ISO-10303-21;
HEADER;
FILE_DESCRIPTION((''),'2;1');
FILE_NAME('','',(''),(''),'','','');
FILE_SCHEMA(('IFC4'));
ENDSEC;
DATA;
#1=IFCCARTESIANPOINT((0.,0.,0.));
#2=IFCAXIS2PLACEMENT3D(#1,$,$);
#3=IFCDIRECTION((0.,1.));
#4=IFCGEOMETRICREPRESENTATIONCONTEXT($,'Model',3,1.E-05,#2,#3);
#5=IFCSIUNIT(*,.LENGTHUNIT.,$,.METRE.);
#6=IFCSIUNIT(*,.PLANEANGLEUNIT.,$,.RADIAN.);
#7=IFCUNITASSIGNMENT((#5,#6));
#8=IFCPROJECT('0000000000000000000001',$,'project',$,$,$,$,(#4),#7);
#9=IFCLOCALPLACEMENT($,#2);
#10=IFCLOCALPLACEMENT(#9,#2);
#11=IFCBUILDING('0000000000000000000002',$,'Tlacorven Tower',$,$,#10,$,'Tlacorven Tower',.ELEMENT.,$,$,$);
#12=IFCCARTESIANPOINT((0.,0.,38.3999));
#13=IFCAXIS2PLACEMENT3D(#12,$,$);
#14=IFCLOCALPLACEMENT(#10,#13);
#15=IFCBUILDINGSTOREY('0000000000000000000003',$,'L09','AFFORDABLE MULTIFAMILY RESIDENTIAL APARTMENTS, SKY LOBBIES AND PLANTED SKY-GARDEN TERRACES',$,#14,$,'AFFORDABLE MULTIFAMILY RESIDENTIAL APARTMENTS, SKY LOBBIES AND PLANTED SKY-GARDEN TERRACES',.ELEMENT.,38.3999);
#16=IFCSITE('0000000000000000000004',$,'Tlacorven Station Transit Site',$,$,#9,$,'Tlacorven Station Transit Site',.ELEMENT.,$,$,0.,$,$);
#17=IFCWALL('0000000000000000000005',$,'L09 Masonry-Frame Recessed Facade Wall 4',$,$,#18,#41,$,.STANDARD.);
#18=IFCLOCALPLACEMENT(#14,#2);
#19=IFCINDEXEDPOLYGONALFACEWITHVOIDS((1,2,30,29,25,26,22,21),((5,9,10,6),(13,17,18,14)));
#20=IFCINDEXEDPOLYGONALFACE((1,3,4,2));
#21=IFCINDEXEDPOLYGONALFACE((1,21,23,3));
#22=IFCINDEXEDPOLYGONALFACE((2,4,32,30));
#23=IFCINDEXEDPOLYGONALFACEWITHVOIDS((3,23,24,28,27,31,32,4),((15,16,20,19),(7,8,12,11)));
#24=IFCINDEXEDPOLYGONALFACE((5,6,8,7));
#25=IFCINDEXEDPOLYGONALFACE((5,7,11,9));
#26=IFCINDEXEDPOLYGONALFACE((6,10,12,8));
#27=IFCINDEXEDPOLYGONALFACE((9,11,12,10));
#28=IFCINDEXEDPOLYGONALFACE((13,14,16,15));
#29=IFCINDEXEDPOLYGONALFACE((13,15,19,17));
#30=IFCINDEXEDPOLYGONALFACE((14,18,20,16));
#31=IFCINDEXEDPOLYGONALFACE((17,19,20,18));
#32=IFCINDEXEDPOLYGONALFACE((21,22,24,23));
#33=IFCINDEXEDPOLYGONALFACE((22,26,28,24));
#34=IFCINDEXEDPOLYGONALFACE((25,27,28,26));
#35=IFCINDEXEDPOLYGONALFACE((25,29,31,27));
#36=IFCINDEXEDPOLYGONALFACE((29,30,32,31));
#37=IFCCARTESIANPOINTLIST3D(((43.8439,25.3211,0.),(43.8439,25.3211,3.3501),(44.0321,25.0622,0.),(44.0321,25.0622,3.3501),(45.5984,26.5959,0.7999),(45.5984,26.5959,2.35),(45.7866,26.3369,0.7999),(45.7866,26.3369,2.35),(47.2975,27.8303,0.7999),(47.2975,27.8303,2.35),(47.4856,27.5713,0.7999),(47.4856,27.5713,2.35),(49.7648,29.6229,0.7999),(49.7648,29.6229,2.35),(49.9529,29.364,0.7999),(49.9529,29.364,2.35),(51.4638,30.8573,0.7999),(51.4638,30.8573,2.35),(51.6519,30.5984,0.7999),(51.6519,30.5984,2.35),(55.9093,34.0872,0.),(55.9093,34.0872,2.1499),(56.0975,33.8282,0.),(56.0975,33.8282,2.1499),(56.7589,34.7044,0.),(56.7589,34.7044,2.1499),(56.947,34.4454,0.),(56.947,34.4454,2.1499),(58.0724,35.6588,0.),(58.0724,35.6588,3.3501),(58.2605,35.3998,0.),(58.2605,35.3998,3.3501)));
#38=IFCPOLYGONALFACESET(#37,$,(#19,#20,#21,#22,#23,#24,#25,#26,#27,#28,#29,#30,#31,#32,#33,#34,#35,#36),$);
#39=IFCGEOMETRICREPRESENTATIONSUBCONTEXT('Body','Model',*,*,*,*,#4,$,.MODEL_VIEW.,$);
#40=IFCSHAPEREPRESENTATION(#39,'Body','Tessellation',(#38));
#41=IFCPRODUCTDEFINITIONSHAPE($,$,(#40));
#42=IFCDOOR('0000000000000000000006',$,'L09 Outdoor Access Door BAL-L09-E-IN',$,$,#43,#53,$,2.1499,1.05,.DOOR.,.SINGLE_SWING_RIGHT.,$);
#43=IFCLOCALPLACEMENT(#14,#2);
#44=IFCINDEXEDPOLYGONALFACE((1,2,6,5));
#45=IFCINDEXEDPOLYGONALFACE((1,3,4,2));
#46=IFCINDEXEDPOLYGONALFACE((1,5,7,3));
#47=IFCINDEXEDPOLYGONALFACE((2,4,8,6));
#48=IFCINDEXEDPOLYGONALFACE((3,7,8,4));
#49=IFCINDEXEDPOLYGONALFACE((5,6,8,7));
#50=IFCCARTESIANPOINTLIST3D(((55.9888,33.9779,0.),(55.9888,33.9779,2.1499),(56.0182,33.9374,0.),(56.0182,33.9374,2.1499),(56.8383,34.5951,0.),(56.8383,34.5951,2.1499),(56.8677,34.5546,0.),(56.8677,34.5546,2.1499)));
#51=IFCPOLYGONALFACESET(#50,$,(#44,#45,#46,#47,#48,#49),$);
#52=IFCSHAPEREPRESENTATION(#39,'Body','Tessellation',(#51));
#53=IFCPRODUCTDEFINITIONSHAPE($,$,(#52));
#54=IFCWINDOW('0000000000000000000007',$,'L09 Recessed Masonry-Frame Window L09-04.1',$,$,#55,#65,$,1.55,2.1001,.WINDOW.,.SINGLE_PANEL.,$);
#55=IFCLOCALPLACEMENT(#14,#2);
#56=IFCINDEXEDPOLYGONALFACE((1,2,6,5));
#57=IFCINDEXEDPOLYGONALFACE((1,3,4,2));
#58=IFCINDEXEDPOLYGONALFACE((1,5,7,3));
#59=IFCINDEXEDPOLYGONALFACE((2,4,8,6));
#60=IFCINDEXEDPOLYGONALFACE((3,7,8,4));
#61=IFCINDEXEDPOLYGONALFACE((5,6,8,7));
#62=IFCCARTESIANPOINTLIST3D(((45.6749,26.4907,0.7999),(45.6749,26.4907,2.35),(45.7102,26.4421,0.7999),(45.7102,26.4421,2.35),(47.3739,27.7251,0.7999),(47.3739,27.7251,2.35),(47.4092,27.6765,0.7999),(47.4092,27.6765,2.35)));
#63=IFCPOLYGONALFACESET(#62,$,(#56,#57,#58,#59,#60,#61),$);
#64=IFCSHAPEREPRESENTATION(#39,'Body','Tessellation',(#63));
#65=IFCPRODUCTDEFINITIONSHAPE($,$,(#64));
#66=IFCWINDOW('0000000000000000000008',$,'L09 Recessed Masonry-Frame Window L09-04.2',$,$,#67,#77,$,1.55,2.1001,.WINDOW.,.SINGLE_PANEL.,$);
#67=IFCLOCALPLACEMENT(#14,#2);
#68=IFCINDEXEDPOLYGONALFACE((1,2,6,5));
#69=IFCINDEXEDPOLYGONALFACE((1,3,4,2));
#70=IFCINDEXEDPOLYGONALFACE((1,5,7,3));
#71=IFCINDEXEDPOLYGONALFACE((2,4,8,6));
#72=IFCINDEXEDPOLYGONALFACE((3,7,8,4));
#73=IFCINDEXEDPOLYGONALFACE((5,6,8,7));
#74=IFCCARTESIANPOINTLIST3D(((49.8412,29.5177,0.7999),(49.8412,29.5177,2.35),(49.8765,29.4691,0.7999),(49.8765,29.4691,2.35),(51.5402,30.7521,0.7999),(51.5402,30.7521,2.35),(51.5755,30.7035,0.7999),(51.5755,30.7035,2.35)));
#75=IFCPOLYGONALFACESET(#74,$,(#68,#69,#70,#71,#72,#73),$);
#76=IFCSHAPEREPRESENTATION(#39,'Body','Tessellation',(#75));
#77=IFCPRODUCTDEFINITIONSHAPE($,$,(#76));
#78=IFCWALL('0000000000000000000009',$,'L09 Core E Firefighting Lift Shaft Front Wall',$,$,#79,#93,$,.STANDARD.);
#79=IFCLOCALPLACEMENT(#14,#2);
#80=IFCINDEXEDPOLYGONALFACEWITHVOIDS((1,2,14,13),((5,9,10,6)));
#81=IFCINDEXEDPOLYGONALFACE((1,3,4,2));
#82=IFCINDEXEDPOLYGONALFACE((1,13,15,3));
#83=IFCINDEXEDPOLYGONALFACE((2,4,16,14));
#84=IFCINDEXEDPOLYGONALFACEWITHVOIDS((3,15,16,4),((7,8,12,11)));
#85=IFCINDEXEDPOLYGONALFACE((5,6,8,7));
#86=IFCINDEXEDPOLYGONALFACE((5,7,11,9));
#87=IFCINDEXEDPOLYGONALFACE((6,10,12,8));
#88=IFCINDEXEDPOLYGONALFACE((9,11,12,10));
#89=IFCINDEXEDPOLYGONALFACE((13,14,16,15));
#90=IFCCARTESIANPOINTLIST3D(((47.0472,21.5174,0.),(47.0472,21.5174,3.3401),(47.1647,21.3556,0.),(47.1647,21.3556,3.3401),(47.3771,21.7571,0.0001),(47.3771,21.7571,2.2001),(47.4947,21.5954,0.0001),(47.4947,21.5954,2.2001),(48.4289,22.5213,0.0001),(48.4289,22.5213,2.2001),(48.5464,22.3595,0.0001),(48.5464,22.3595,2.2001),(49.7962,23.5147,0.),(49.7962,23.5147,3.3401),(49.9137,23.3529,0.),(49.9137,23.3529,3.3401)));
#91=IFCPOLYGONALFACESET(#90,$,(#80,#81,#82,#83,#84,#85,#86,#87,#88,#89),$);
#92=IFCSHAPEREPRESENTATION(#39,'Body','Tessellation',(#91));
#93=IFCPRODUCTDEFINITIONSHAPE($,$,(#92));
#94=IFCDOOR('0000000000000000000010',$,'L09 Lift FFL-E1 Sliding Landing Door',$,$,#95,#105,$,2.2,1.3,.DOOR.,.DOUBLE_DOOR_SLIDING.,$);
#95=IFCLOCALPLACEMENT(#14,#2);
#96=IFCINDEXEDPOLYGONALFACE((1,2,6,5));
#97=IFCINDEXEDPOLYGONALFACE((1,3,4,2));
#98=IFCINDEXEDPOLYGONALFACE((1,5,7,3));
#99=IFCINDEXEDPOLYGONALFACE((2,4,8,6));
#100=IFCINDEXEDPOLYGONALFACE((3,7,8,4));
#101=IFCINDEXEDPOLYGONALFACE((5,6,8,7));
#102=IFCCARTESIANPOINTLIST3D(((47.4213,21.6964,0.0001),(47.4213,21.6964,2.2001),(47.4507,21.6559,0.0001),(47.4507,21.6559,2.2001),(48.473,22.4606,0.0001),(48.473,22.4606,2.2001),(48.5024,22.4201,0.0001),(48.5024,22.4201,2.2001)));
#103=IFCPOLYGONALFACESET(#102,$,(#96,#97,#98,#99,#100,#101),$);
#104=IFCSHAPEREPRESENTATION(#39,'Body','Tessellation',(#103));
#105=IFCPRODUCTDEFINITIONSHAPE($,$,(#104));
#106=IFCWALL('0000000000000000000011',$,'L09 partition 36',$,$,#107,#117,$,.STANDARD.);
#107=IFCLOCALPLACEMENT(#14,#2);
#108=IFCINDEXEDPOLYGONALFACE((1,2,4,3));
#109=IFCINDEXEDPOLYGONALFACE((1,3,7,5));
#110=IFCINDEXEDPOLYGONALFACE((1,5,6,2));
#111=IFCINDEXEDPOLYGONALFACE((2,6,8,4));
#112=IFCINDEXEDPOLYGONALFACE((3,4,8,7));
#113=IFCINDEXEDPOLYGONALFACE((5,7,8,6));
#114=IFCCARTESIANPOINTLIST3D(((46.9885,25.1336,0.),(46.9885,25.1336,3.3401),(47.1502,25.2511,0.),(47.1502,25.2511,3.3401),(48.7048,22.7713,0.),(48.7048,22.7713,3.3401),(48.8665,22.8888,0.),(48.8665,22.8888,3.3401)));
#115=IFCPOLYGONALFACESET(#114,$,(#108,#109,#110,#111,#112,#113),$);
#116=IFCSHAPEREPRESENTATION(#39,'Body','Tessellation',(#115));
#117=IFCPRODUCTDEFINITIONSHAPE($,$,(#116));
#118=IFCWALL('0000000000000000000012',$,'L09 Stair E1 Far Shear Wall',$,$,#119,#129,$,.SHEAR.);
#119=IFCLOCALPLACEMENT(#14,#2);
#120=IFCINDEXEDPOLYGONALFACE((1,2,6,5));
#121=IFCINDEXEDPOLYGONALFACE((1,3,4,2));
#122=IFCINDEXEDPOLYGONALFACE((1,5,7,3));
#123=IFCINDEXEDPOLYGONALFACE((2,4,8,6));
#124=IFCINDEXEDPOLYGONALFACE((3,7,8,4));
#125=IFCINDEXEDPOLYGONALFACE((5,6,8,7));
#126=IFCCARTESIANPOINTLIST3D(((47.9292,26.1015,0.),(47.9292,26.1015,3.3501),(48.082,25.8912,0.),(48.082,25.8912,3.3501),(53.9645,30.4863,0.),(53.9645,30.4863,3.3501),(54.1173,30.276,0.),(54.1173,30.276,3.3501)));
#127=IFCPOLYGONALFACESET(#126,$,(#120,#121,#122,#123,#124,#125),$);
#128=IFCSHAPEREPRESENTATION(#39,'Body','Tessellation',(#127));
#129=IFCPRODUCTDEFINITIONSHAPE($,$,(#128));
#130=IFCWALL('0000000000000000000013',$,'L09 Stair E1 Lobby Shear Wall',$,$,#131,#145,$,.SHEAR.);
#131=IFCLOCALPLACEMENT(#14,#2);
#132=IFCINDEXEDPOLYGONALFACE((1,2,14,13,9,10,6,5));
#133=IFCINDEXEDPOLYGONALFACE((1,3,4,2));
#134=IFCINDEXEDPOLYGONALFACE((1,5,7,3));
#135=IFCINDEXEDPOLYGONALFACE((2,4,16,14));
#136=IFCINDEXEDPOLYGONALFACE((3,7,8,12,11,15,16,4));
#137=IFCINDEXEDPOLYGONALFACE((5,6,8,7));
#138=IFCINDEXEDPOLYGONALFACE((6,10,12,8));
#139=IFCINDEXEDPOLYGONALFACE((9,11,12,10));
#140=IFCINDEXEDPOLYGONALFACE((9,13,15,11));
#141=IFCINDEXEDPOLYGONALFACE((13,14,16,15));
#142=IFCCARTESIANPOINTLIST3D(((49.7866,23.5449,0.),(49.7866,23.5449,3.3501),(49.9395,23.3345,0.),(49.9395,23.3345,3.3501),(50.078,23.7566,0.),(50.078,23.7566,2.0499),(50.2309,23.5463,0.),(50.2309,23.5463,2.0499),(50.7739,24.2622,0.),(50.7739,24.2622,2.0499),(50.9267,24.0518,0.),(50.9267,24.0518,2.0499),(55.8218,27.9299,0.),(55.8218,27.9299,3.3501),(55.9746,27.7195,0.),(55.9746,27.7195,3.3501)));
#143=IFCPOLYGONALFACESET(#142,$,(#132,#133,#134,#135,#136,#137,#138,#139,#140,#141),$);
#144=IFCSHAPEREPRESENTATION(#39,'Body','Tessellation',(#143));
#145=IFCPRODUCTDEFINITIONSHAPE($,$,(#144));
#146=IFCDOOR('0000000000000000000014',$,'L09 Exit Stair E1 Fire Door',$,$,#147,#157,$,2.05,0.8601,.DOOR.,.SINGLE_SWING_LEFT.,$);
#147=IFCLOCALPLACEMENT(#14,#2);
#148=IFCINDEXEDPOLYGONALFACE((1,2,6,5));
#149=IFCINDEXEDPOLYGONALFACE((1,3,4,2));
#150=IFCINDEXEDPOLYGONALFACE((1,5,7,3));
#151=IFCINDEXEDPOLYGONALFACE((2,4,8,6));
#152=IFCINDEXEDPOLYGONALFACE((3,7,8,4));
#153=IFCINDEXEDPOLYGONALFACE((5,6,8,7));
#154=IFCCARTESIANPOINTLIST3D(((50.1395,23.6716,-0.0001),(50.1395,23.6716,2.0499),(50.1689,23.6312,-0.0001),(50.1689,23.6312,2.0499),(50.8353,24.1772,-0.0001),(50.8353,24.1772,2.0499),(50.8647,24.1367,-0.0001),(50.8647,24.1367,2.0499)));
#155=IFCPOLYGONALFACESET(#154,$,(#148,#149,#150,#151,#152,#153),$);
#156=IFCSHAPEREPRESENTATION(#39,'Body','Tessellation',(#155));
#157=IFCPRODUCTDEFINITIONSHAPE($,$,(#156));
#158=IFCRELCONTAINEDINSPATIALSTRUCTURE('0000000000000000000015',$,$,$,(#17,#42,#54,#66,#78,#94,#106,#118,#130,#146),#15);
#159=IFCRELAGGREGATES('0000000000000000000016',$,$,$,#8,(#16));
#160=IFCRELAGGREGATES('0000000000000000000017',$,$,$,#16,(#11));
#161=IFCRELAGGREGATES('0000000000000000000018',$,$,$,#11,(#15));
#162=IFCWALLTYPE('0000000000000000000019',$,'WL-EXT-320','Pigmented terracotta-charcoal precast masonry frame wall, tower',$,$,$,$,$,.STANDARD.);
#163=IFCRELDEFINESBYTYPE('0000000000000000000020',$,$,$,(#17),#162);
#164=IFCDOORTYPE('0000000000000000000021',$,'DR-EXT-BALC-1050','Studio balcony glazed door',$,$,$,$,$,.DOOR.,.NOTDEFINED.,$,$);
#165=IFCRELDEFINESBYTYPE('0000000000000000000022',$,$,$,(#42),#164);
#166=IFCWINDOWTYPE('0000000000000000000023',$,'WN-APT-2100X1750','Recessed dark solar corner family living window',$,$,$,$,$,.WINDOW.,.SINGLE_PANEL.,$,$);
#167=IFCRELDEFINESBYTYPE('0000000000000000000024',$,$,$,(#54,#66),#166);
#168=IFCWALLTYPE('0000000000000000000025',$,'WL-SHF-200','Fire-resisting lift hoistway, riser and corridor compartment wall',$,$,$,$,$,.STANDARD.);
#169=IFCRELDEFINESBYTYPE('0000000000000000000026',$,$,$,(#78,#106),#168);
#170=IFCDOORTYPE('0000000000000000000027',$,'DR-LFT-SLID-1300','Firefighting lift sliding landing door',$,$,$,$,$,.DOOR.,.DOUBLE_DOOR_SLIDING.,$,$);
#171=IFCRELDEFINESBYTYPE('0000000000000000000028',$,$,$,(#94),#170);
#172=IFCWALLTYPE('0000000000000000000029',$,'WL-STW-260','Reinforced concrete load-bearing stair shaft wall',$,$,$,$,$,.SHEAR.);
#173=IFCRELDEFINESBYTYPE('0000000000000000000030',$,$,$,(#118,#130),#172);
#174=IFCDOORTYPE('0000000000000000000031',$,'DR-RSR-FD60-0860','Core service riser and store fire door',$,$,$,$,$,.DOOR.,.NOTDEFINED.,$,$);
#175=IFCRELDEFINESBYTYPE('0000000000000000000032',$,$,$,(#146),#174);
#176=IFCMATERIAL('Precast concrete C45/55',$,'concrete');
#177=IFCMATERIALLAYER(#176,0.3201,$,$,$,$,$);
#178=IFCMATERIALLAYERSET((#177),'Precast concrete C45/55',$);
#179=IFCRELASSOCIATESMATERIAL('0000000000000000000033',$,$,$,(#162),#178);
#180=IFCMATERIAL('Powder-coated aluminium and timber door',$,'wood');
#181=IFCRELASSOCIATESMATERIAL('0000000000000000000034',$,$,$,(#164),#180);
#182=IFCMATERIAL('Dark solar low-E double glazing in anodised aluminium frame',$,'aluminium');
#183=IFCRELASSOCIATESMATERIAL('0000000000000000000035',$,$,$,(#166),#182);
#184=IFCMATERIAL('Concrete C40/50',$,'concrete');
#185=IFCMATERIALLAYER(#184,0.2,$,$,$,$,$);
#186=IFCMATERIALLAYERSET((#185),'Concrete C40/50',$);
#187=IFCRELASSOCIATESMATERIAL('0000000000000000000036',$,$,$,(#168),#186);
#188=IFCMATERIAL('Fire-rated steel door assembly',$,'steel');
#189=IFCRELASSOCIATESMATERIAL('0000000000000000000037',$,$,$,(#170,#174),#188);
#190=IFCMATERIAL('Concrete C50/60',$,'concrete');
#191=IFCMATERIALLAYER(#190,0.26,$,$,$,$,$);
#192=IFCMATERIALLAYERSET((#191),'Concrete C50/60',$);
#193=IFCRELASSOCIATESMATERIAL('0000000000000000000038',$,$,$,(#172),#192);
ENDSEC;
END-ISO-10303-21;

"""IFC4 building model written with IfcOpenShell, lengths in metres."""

from ifc_helpers import new_model, si_unit, direction, frame, frame_2d, origin, place, context, subcontext, project, spatial, rectangle, extrude, source, transform, mapped, material, layer, layer_set, type_object, element, fill, save


model = new_model("IFC4")

# Units and contexts
model_context = context("Model", 3, precision=1e-05, world=origin(), true_north=direction((0.0, 1.0)))
body_context = subcontext(model_context, "Body", "Model", "MODEL_VIEW")
ifc_project = project(units=[si_unit("LENGTHUNIT", "METRE"), si_unit("PLANEANGLEUNIT", "RADIAN")], contexts=[model_context])

# Site, building, storey
site_placement = place(None, origin())
site = spatial("IfcSite", under=ifc_project, at=site_placement, Name="Tlacorven Station Transit Site", LongName="Tlacorven Station Transit Site", CompositionType="ELEMENT", RefElevation=0.0)
building_placement = place(site_placement, origin())
building = spatial("IfcBuilding", under=site, at=building_placement, Name="Tlacorven Tower", LongName="Tlacorven Tower", CompositionType="ELEMENT")
storey_placement = place(building_placement, frame((0.0, 0.0, 38.3999)))
storey = spatial("IfcBuildingStorey", under=building, at=storey_placement, Name="L09", Description="AFFORDABLE MULTIFAMILY RESIDENTIAL APARTMENTS, SKY LOBBIES AND PLANTED SKY-GARDEN TERRACES", LongName="AFFORDABLE MULTIFAMILY RESIDENTIAL APARTMENTS, SKY LOBBIES AND PLANTED SKY-GARDEN TERRACES", CompositionType="ELEMENT", Elevation=38.3999)

# Wall, openings, door, windows
ifc_material_1 = material(Name="Precast concrete C45/55", Category="concrete")
ifc_layer_1 = layer(ifc_material_1, 0.3201)
ifc_layer_set_1 = layer_set([ifc_layer_1], Name="Precast concrete C45/55")
wall_type_1 = type_object("IfcWallType", Name="WL-EXT-320", Description="Pigmented terracotta-charcoal precast masonry frame wall, tower", PredefinedType="STANDARD", material=ifc_layer_set_1)
wall_1_placement = place(storey_placement, frame((43.938, 25.1917, 0.0), z_axis=(0.0, 0.0, 1.0), x_axis=(0.809016, 0.587786, 0.0)))
wall_1 = element("IfcWall", 1, at=wall_1_placement, inside=storey, type_object=wall_type_1, Name="L09 Masonry-Frame Recessed Facade Wall 4", PredefinedType="STANDARD", context=body_context, shape_type="SweptSolid", body=[
    extrude(rectangle(XDim=17.5874, YDim=0.3201, at=frame_2d((8.7937, 0.0))), origin(), (0.0, 0.0, 1.0), 3.3501),
])
opening_1_placement = place(wall_1_placement, frame((14.9138, 0.0, 0.0)))
opening_1 = element("IfcOpeningElement", 2, at=opening_1_placement, cuts=wall_1, PredefinedType="OPENING", context=body_context, shape_type="SweptSolid", body=[
    extrude(rectangle(XDim=1.05, YDim=2.1499, at=frame_2d((0.5249, 1.075))), frame((0.0, 0.1699, 0.0), z_axis=(0.0, -1.0, 0.0), x_axis=(1.0, 0.0, 0.0)), (0.0, 0.0, 1.0), 0.3401),
])
opening_2_placement = place(wall_1_placement, frame((2.1687, 0.0, 0.8)))
opening_2 = element("IfcOpeningElement", 3, at=opening_2_placement, cuts=wall_1, PredefinedType="OPENING", context=body_context, shape_type="SweptSolid", body=[
    extrude(rectangle(XDim=2.1001, YDim=1.55, at=frame_2d((1.05, 0.7749))), frame((0.0, 0.1699, 0.0), z_axis=(0.0, -1.0, 0.0), x_axis=(1.0, 0.0, 0.0)), (0.0, 0.0, 1.0), 0.3401),
])
opening_3_placement = place(wall_1_placement, frame((7.3186, 0.0, 0.8)))
opening_3 = element("IfcOpeningElement", 4, at=opening_3_placement, cuts=wall_1, PredefinedType="OPENING", context=body_context, shape_type="SweptSolid", body=[
    extrude(rectangle(XDim=2.1001, YDim=1.55, at=frame_2d((1.05, 0.7749))), frame((0.0, 0.1699, 0.0), z_axis=(0.0, -1.0, 0.0), x_axis=(1.0, 0.0, 0.0)), (0.0, 0.0, 1.0), 0.3401),
])
ifc_material_2 = material(Name="Powder-coated aluminium and timber door", Category="wood")
door_type_1 = type_object("IfcDoorType", Name="DR-EXT-BALC-1050", Description="Studio balcony glazed door", OperationType="NOTDEFINED", PredefinedType="DOOR", material=ifc_material_2)
shared_shape_1 = source(origin(), body_context, "Body", "SweptSolid", [
    extrude(rectangle(XDim=1.05, YDim=2.1499, at=frame_2d((0.5249, 1.075))), frame((0.0, 0.0249, 0.0), z_axis=(0.0, -1.0, 0.0), x_axis=(1.0, 0.0, 0.0)), (0.0, 0.0, 1.0), 0.05),
])
door_1_placement = place(opening_1_placement, origin())
door_1 = element("IfcDoor", 5, at=door_1_placement, inside=storey, type_object=door_type_1, Name="L09 Outdoor Access Door BAL-L09-E-IN", OperationType="SINGLE_SWING_RIGHT", OverallHeight=2.1499, OverallWidth=1.05, PredefinedType="DOOR", context=body_context, shape_type="MappedRepresentation", body=[
    mapped(shared_shape_1, transform((0.0, 0.0, 0.0), scale=1.0)),
])
fill(opening_1, door_1)
ifc_material_3 = material(Name="Dark solar low-E double glazing in anodised aluminium frame", Category="aluminium")
window_type = type_object("IfcWindowType", Name="WN-APT-2100X1750", Description="Recessed dark solar corner family living window", PartitioningType="SINGLE_PANEL", PredefinedType="WINDOW", material=ifc_material_3)
shared_shape_2 = source(origin(), body_context, "Body", "SweptSolid", [
    extrude(rectangle(XDim=2.1001, YDim=1.55, at=frame_2d((1.05, 0.7749))), frame((0.0, 0.03, 0.0), z_axis=(0.0, -1.0, 0.0), x_axis=(1.0, 0.0, 0.0)), (0.0, 0.0, 1.0), 0.0601),
])
window_1_placement = place(opening_2_placement, origin())
window_1 = element("IfcWindow", 6, at=window_1_placement, inside=storey, type_object=window_type, Name="L09 Recessed Masonry-Frame Window L09-04.1", OverallHeight=1.55, OverallWidth=2.1001, PartitioningType="SINGLE_PANEL", PredefinedType="WINDOW", context=body_context, shape_type="MappedRepresentation", body=[
    mapped(shared_shape_2, transform((0.0, 0.0, 0.0), scale=1.0)),
])
fill(opening_2, window_1)
window_2_placement = place(opening_3_placement, origin())
window_2 = element("IfcWindow", 7, at=window_2_placement, inside=storey, type_object=window_type, Name="L09 Recessed Masonry-Frame Window L09-04.2", OverallHeight=1.55, OverallWidth=2.1001, PartitioningType="SINGLE_PANEL", PredefinedType="WINDOW", context=body_context, shape_type="MappedRepresentation", body=[
    mapped(shared_shape_2, transform((0.0, 0.0, 0.0), scale=1.0)),
])
fill(opening_3, window_2)

# Wall, opening, door
ifc_material_4 = material(Name="Concrete C40/50", Category="concrete")
ifc_layer_2 = layer(ifc_material_4, 0.2)
ifc_layer_set_2 = layer_set([ifc_layer_2], Name="Concrete C40/50")
wall_type_2 = type_object("IfcWallType", Name="WL-SHF-200", Description="Fire-resisting lift hoistway, riser and corridor compartment wall", PredefinedType="STANDARD", material=ifc_layer_set_2)
wall_2_placement = place(storey_placement, frame((47.106, 21.4365, 0.0), z_axis=(0.0, 0.0, 1.0), x_axis=(0.809013, 0.587791, 0.0)))
wall_2 = element("IfcWall", 8, at=wall_2_placement, inside=storey, type_object=wall_type_2, Name="L09 Core E Firefighting Lift Shaft Front Wall", PredefinedType="STANDARD", context=body_context, shape_type="SweptSolid", body=[
    extrude(rectangle(XDim=3.3979, YDim=0.2, at=frame_2d((1.699, 0.0))), origin(), (0.0, 0.0, 1.0), 3.3401),
])
opening_4_placement = place(wall_2_placement, frame((0.408, 0.0, 0.0)))
opening_4 = element("IfcOpeningElement", 9, at=opening_4_placement, cuts=wall_2, PredefinedType="OPENING", context=body_context, shape_type="SweptSolid", body=[
    extrude(rectangle(XDim=1.3, YDim=2.2, at=frame_2d((0.6499, 1.1001))), frame((0.0, 0.1099, 0.0), z_axis=(0.0, -1.0, 0.0), x_axis=(1.0, 0.0, 0.0)), (0.0, 0.0, 1.0), 0.22),
])
ifc_material_5 = material(Name="Fire-rated steel door assembly", Category="steel")
door_type_2 = type_object("IfcDoorType", Name="DR-LFT-SLID-1300", Description="Firefighting lift sliding landing door", OperationType="DOUBLE_DOOR_SLIDING", PredefinedType="DOOR", material=ifc_material_5)
shared_shape_3 = source(origin(), body_context, "Body", "SweptSolid", [
    extrude(rectangle(XDim=1.3, YDim=2.2, at=frame_2d((0.6499, 1.1001))), frame((0.0, 0.0249, 0.0), z_axis=(0.0, -1.0, 0.0), x_axis=(1.0, 0.0, 0.0)), (0.0, 0.0, 1.0), 0.05),
])
door_2_placement = place(opening_4_placement, origin())
door_2 = element("IfcDoor", 10, at=door_2_placement, inside=storey, type_object=door_type_2, Name="L09 Lift FFL-E1 Sliding Landing Door", OperationType="DOUBLE_DOOR_SLIDING", OverallHeight=2.2, OverallWidth=1.3, PredefinedType="DOOR", context=body_context, shape_type="MappedRepresentation", body=[
    mapped(shared_shape_3, transform((0.0, 0.0, 0.0), scale=1.0)),
])
fill(opening_4, door_2)

# Walls
wall_3_placement = place(storey_placement, frame((48.7856, 22.8301, 0.0), z_axis=(0.0, 0.0, 1.0), x_axis=(-0.587784, 0.809018, 0.0)))
element("IfcWall", 11, at=wall_3_placement, inside=storey, type_object=wall_type_2, Name="L09 partition 36", PredefinedType="STANDARD", context=body_context, shape_type="SweptSolid", body=[
    extrude(rectangle(XDim=2.9199, YDim=0.2, at=frame_2d((1.46, 0.0))), origin(), (0.0, 0.0, 1.0), 3.3401),
])
ifc_material_6 = material(Name="Concrete C50/60", Category="concrete")
ifc_layer_3 = layer(ifc_material_6, 0.26)
ifc_layer_set_3 = layer_set([ifc_layer_3], Name="Concrete C50/60")
wall_type_3 = type_object("IfcWallType", Name="WL-STW-260", Description="Reinforced concrete load-bearing stair shaft wall", PredefinedType="SHEAR", material=ifc_layer_set_3)
wall_4_placement = place(storey_placement, frame((48.0056, 25.9963, 0.0), z_axis=(0.0, 0.0, 1.0), x_axis=(0.809019, 0.587782, 0.0)))
element("IfcWall", 12, at=wall_4_placement, inside=storey, type_object=wall_type_3, Name="L09 Stair E1 Far Shear Wall", PredefinedType="SHEAR", context=body_context, shape_type="SweptSolid", body=[
    extrude(rectangle(XDim=7.46, YDim=0.26, at=frame_2d((3.73, 0.0))), origin(), (0.0, 0.0, 1.0), 3.3501),
])

# Wall, opening, door
wall_5_placement = place(storey_placement, frame((49.863, 23.4397, 0.0), z_axis=(0.0, 0.0, 1.0), x_axis=(0.809003, 0.587804, 0.0)))
wall_5 = element("IfcWall", 13, at=wall_5_placement, inside=storey, type_object=wall_type_3, Name="L09 Stair E1 Lobby Shear Wall", PredefinedType="SHEAR", context=body_context, shape_type="SweptSolid", body=[
    extrude(rectangle(XDim=7.46, YDim=0.26, at=frame_2d((3.73, 0.0))), origin(), (0.0, 0.0, 1.0), 3.3501),
])
opening_5_placement = place(wall_5_placement, frame((0.3601, 0.0, 0.0)))
opening_5 = element("IfcOpeningElement", 14, at=opening_5_placement, cuts=wall_5, PredefinedType="OPENING", context=body_context, shape_type="SweptSolid", body=[
    extrude(rectangle(XDim=0.8601, YDim=2.05, at=frame_2d((0.4302, 1.0249))), frame((0.0, 0.1401, 0.0), z_axis=(0.0, -1.0, 0.0), x_axis=(1.0, 0.0, 0.0)), (0.0, 0.0, 1.0), 0.28),
])
door_type_3 = type_object("IfcDoorType", Name="DR-RSR-FD60-0860", Description="Core service riser and store fire door", OperationType="NOTDEFINED", PredefinedType="DOOR", material=ifc_material_5)
shared_shape_4 = source(origin(), body_context, "Body", "SweptSolid", [
    extrude(rectangle(XDim=0.8601, YDim=2.05, at=frame_2d((0.4302, 1.0249))), frame((0.0, 0.0249, 0.0), z_axis=(0.0, -1.0, 0.0), x_axis=(1.0, 0.0, 0.0)), (0.0, 0.0, 1.0), 0.05),
])
door_3_placement = place(opening_5_placement, frame((0.8601, 0.0, 0.0), z_axis=(0.0, 0.0, 1.0), x_axis=(-1.0, 0.0, 0.0)))
door_3 = element("IfcDoor", 15, at=door_3_placement, inside=storey, type_object=door_type_3, Name="L09 Exit Stair E1 Fire Door", OperationType="SINGLE_SWING_LEFT", OverallHeight=2.05, OverallWidth=0.8601, PredefinedType="DOOR", context=body_context, shape_type="MappedRepresentation", body=[
    mapped(shared_shape_4, transform((0.0, 0.0, 0.0), scale=1.0)),
])
fill(opening_5, door_3)

save(model, "model.ifc")
